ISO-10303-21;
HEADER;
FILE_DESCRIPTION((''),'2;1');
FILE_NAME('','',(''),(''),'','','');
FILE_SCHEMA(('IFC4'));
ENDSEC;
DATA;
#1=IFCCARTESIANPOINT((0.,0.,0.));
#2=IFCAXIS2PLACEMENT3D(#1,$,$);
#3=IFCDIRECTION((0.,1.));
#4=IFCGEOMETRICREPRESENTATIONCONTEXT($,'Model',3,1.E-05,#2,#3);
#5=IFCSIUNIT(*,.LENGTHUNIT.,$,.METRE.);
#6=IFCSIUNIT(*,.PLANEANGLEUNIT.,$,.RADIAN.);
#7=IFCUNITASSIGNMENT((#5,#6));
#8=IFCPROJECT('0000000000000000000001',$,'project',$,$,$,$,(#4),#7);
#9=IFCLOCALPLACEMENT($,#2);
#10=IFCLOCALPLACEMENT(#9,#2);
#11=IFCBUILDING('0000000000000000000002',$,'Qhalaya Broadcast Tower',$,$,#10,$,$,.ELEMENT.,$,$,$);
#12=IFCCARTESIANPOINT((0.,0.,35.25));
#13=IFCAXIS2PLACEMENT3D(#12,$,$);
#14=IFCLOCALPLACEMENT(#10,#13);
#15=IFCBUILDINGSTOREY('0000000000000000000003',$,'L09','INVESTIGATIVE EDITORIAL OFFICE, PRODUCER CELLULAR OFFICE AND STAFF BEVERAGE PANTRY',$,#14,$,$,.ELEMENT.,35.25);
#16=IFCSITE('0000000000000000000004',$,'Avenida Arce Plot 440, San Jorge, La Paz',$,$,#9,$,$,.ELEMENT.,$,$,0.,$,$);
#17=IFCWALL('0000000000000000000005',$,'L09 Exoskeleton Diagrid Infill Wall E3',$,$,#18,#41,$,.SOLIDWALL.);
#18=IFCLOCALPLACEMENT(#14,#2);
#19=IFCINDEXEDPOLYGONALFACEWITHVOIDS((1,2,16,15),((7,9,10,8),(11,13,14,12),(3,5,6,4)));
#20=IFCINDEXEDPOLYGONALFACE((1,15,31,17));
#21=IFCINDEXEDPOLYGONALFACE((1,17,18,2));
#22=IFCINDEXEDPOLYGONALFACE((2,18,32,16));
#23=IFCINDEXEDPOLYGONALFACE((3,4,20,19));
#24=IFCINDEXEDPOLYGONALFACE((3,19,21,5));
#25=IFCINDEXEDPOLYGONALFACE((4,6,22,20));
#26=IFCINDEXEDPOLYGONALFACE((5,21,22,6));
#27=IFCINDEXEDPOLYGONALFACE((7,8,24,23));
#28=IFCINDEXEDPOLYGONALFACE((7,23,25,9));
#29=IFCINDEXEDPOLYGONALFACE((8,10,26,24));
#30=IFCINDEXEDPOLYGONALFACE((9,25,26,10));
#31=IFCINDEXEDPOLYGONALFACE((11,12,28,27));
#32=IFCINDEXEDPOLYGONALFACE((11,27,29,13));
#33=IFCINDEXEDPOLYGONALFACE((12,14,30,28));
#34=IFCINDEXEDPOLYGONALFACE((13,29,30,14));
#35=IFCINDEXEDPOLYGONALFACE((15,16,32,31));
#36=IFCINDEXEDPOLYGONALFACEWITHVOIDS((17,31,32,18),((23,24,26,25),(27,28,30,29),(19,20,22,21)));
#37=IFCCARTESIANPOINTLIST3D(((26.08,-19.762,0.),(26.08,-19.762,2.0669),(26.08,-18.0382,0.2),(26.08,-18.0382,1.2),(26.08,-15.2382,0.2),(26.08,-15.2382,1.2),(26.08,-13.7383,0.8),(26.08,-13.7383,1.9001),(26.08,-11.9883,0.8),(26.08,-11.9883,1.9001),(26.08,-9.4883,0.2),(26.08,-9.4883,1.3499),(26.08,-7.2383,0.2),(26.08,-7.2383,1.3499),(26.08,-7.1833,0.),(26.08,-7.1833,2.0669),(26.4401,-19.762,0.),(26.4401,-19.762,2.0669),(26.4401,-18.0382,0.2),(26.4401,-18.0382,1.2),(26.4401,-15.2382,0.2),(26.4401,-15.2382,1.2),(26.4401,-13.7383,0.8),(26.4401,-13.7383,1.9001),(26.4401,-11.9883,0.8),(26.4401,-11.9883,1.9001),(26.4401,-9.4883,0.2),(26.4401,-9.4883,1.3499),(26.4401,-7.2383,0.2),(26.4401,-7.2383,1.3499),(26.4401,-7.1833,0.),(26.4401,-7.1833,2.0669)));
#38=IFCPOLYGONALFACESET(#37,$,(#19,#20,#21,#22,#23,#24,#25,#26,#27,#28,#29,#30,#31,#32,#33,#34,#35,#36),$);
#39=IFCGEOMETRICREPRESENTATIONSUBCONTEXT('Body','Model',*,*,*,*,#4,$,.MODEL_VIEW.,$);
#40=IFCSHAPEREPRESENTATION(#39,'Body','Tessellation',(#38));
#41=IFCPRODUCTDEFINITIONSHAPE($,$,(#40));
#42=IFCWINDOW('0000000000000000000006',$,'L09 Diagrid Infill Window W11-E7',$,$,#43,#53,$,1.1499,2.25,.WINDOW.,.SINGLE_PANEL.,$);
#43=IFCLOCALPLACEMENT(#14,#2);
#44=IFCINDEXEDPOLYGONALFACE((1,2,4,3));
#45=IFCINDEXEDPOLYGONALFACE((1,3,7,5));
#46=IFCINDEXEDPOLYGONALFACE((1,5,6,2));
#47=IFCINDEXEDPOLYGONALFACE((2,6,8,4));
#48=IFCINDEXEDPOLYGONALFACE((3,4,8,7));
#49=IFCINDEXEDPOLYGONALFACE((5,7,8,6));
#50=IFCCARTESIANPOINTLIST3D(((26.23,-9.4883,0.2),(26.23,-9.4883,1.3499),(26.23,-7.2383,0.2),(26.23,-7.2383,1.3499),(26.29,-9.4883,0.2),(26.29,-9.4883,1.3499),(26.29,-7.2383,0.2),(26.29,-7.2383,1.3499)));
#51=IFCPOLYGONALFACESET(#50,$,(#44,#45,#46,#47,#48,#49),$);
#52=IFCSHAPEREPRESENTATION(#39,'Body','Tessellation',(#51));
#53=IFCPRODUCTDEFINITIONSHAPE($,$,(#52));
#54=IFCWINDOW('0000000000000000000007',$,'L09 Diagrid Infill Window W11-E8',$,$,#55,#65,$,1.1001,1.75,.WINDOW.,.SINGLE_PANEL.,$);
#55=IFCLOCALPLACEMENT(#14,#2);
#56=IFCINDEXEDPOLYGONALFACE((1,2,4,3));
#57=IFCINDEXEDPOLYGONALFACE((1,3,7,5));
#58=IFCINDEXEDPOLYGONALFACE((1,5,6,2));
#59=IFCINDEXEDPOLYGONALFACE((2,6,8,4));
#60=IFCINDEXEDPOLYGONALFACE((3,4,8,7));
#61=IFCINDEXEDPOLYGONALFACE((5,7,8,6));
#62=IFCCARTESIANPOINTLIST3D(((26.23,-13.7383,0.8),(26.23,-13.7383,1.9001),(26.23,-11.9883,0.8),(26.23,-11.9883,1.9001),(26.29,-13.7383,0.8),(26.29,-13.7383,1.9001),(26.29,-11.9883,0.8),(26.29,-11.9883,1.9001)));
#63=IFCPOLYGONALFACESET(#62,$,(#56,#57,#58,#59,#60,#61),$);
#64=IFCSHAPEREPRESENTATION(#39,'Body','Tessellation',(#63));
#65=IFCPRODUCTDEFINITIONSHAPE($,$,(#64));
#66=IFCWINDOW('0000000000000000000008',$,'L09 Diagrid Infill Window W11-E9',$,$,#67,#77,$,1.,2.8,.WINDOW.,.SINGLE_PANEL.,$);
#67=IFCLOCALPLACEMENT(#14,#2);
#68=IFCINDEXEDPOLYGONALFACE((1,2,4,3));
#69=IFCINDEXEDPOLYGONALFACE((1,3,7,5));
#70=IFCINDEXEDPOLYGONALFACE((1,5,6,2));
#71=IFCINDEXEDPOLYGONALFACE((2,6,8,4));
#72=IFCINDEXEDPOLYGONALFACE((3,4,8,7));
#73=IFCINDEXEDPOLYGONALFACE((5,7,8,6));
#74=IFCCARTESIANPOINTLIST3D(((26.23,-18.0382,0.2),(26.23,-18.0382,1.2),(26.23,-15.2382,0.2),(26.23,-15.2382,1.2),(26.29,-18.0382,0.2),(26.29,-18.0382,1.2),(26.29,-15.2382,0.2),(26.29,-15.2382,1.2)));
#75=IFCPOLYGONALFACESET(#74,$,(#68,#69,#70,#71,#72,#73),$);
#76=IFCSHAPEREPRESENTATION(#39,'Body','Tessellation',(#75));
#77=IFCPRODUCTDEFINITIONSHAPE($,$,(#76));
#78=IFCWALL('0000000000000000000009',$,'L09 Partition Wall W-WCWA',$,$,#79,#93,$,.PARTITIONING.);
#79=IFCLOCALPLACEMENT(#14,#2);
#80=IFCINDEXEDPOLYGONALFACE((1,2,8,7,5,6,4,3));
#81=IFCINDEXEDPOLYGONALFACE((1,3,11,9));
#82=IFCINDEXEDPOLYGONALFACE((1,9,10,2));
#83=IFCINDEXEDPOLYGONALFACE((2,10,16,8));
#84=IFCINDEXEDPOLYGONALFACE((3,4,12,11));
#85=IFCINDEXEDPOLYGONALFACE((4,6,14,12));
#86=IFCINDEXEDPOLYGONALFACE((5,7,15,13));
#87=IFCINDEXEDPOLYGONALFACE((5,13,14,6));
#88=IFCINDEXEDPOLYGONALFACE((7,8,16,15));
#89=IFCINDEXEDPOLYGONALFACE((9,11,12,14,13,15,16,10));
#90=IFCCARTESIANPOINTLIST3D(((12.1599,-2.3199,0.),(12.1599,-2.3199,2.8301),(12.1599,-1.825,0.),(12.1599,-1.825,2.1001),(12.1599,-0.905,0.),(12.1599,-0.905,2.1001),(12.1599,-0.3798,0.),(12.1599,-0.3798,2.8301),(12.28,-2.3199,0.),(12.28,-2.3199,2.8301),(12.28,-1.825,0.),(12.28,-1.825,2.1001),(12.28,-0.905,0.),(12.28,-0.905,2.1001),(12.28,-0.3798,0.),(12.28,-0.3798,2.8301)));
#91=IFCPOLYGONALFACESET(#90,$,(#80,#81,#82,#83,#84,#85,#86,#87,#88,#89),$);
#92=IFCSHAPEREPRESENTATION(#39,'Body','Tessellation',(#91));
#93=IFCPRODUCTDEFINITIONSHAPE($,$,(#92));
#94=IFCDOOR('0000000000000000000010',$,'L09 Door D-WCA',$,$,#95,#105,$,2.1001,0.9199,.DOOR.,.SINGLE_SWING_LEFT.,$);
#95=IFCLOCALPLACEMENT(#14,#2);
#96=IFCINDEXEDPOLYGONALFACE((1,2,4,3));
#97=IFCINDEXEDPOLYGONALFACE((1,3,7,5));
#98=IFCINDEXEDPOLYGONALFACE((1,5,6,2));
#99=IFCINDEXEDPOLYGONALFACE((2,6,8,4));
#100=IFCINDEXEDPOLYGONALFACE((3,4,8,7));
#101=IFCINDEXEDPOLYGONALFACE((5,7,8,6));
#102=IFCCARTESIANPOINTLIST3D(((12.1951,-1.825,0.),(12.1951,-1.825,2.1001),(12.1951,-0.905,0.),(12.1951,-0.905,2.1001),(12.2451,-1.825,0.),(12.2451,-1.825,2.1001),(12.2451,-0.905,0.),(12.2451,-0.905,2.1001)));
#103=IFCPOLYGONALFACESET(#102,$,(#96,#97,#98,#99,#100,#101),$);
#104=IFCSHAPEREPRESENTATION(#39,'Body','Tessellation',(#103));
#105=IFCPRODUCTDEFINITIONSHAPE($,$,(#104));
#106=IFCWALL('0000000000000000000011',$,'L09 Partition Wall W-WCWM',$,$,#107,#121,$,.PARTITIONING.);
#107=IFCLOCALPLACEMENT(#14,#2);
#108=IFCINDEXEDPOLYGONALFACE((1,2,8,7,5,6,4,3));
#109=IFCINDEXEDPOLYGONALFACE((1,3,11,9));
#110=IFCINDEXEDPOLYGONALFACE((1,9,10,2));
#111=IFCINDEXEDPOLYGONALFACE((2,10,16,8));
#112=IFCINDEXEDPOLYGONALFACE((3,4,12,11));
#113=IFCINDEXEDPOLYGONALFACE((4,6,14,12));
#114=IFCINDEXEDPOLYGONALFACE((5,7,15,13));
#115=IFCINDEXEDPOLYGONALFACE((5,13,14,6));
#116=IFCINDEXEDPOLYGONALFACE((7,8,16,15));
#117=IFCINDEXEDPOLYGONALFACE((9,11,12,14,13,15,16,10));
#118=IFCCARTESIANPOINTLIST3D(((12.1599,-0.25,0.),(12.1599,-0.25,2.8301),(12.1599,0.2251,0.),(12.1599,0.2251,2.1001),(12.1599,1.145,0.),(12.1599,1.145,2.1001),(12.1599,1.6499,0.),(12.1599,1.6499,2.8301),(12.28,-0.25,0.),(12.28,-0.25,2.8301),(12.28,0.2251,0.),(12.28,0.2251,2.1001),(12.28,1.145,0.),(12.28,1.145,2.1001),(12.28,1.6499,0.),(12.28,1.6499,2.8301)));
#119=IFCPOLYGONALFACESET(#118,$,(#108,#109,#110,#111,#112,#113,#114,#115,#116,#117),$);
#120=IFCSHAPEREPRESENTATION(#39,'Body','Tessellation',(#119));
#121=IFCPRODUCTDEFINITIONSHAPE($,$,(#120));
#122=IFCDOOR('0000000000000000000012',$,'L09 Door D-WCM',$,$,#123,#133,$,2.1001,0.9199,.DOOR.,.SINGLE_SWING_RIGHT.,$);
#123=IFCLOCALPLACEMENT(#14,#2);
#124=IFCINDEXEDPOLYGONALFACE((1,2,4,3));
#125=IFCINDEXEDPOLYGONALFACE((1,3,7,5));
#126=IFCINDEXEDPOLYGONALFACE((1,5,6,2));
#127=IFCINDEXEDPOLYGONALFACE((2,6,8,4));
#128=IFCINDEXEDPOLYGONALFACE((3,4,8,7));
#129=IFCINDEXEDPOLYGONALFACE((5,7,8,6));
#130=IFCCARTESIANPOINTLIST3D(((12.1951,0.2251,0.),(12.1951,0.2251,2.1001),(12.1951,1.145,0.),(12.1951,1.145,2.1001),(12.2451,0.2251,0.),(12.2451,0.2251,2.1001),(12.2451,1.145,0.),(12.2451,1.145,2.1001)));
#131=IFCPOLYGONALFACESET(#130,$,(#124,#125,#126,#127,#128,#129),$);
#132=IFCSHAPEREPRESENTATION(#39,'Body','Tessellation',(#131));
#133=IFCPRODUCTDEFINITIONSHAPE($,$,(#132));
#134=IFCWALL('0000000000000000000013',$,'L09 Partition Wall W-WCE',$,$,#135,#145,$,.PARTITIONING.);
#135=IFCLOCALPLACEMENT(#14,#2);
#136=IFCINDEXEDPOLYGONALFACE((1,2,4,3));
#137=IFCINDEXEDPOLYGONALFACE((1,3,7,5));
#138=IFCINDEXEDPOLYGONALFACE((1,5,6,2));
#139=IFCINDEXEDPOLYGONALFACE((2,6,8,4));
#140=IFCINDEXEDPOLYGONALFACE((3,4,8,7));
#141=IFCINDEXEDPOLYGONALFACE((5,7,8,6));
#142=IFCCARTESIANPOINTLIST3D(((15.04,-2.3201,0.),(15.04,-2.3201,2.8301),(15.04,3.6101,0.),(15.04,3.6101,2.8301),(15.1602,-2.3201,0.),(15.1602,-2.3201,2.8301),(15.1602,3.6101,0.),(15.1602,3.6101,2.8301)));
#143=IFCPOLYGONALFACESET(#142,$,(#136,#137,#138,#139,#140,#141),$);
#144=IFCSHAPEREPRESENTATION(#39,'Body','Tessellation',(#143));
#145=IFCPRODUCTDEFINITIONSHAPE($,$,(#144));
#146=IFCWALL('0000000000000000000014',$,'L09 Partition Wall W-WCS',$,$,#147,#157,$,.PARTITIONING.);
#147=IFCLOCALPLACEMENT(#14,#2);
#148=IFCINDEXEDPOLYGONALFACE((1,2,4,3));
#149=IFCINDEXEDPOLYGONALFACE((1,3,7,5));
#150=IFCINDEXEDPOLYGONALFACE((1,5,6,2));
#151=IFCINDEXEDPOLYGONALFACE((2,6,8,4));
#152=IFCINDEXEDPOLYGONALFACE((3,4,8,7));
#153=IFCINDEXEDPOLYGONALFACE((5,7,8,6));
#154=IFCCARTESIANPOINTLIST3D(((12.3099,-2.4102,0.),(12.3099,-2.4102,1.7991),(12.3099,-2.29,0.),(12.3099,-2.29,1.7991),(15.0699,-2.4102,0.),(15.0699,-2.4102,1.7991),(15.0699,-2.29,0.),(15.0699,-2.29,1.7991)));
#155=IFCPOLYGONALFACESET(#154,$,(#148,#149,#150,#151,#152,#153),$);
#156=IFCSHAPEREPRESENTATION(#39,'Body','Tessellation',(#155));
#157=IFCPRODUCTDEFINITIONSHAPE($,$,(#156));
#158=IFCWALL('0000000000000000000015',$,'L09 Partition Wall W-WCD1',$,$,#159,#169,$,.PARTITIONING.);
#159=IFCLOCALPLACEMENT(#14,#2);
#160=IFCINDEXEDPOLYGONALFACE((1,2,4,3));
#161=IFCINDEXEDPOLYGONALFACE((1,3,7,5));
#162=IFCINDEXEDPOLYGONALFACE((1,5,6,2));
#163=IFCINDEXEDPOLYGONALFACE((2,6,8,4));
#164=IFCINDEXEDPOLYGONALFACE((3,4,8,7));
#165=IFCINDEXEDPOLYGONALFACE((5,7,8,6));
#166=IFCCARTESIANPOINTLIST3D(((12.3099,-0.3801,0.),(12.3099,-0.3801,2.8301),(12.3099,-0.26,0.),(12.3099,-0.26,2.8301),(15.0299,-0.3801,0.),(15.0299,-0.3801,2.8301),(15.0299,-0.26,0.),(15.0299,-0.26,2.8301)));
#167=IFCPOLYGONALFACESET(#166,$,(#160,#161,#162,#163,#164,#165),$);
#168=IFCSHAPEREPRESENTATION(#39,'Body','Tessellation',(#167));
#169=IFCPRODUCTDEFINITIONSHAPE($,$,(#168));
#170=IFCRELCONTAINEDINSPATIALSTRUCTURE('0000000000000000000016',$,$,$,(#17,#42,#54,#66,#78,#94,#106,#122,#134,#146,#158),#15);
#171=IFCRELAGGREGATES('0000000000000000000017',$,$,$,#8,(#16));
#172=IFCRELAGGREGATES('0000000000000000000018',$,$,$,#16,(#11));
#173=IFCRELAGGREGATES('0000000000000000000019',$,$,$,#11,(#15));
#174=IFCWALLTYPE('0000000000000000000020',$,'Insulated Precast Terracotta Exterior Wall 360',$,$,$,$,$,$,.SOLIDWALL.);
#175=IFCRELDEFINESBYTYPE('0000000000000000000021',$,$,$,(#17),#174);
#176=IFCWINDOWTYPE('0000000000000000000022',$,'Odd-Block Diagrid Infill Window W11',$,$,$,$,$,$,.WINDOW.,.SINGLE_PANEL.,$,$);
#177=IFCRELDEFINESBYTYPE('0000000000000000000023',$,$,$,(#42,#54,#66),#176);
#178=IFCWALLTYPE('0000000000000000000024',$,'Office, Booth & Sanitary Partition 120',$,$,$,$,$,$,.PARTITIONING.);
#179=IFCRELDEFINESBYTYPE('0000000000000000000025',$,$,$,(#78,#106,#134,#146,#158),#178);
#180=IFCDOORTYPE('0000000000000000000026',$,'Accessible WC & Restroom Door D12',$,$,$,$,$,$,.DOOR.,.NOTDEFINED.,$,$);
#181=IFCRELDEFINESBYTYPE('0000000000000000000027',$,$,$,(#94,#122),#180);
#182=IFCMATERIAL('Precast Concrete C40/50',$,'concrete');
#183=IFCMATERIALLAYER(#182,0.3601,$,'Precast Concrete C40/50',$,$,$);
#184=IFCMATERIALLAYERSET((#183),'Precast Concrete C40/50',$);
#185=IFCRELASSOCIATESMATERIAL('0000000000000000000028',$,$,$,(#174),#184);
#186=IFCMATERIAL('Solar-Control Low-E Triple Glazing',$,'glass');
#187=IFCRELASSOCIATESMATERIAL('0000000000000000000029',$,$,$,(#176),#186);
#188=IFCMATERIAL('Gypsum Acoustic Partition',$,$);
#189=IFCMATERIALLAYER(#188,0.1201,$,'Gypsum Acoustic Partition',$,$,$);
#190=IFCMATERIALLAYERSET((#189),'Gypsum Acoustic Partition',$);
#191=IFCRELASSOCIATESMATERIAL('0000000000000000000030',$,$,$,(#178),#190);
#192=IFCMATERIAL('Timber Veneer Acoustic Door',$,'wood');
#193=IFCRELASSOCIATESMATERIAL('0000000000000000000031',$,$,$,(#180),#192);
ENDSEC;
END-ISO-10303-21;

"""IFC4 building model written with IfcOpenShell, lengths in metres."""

from ifc_helpers import new_model, si_unit, direction, frame, frame_2d, origin, place, context, subcontext, project, spatial, rectangle, extrude, material, layer, layer_set, type_object, element, fill, save


model = new_model("IFC4")

# Units and contexts
model_context = context("Model", 3, precision=1e-05, world=origin(), true_north=direction((0.0, 1.0)))
body_context = subcontext(model_context, "Body", "Model", "MODEL_VIEW")
ifc_project = project(units=[si_unit("LENGTHUNIT", "METRE"), si_unit("PLANEANGLEUNIT", "RADIAN")], contexts=[model_context])

# Site, building, storey
site_placement = place(None, origin())
site = spatial("IfcSite", under=ifc_project, at=site_placement, Name="Avenida Arce Plot 440, San Jorge, La Paz", CompositionType="ELEMENT", RefElevation=0.0)
building_placement = place(site_placement, origin())
building = spatial("IfcBuilding", under=site, at=building_placement, Name="Qhalaya Broadcast Tower", CompositionType="ELEMENT")
storey_placement = place(building_placement, frame((0.0, 0.0, 35.25)))
storey = spatial("IfcBuildingStorey", under=building, at=storey_placement, Name="L09", Description="INVESTIGATIVE EDITORIAL OFFICE, PRODUCER CELLULAR OFFICE AND STAFF BEVERAGE PANTRY", CompositionType="ELEMENT", Elevation=35.25)

# Wall, openings, windows
ifc_material_1 = material(Name="Precast Concrete C40/50", Category="concrete")
ifc_layer_1 = layer(ifc_material_1, 0.3601, Name="Precast Concrete C40/50")
ifc_layer_set_1 = layer_set([ifc_layer_1], Name="Precast Concrete C40/50")
wall_type_1 = type_object("IfcWallType", Name="Insulated Precast Terracotta Exterior Wall 360", PredefinedType="SOLIDWALL", material=ifc_layer_set_1)
wall_1_placement = place(storey_placement, frame((26.26, -7.1833, 0.0), z_axis=(0.0, 0.0, 1.0), x_axis=(0.0, -1.0, 0.0)))
wall_1 = element("IfcWall", 1, at=wall_1_placement, inside=storey, type_object=wall_type_1, Name="L09 Exoskeleton Diagrid Infill Wall E3", PredefinedType="SOLIDWALL", context=body_context, shape_type="SweptSolid", body=[
    extrude(rectangle(XDim=12.5786, YDim=0.3601, at=frame_2d((6.2893, 0.0))), origin(), (0.0, 0.0, 1.0), 2.0669),
])
opening_1_placement = place(wall_1_placement, frame((0.0549, 0.0, 0.2)))
opening_1 = element("IfcOpeningElement", 2, at=opening_1_placement, cuts=wall_1, PredefinedType="OPENING", context=body_context, shape_type="SweptSolid", body=[
    extrude(rectangle(XDim=2.25, YDim=1.1499, at=frame_2d((1.125, 0.575))), frame((0.0, 0.1921, 0.0), z_axis=(0.0, -1.0, 0.0), x_axis=(1.0, 0.0, 0.0)), (0.0, 0.0, 1.0), 0.384),
])
opening_2_placement = place(wall_1_placement, frame((4.8049, 0.0, 0.8)))
opening_2 = element("IfcOpeningElement", 3, at=opening_2_placement, cuts=wall_1, PredefinedType="OPENING", context=body_context, shape_type="SweptSolid", body=[
    extrude(rectangle(XDim=1.75, YDim=1.1001, at=frame_2d((0.875, 0.55))), frame((0.0, 0.1921, 0.0), z_axis=(0.0, -1.0, 0.0), x_axis=(1.0, 0.0, 0.0)), (0.0, 0.0, 1.0), 0.384),
])
opening_3_placement = place(wall_1_placement, frame((8.0549, 0.0, 0.2)))
opening_3 = element("IfcOpeningElement", 4, at=opening_3_placement, cuts=wall_1, PredefinedType="OPENING", context=body_context, shape_type="SweptSolid", body=[
    extrude(rectangle(XDim=2.8, YDim=1.0, at=frame_2d((1.3999, 0.5))), frame((0.0, 0.1921, 0.0), z_axis=(0.0, -1.0, 0.0), x_axis=(1.0, 0.0, 0.0)), (0.0, 0.0, 1.0), 0.384),
])
ifc_material_2 = material(Name="Solar-Control Low-E Triple Glazing", Category="glass")
window_type = type_object("IfcWindowType", Name="Odd-Block Diagrid Infill Window W11", PartitioningType="SINGLE_PANEL", PredefinedType="WINDOW", material=ifc_material_2)
window_1_placement = place(opening_1_placement, origin())
window_1 = element("IfcWindow", 5, at=window_1_placement, inside=storey, type_object=window_type, Name="L09 Diagrid Infill Window W11-E7", OverallHeight=1.1499, OverallWidth=2.25, PartitioningType="SINGLE_PANEL", PredefinedType="WINDOW", context=body_context, shape_type="SweptSolid", body=[
    extrude(rectangle(XDim=2.25, YDim=1.1499, at=frame_2d((1.125, 0.575))), frame((0.0, 0.03, 0.0), z_axis=(0.0, -1.0, 0.0), x_axis=(1.0, 0.0, 0.0)), (0.0, 0.0, 1.0), 0.0601),
])
fill(opening_1, window_1)
window_2_placement = place(opening_2_placement, origin())
window_2 = element("IfcWindow", 6, at=window_2_placement, inside=storey, type_object=window_type, Name="L09 Diagrid Infill Window W11-E8", OverallHeight=1.1001, OverallWidth=1.75, PartitioningType="SINGLE_PANEL", PredefinedType="WINDOW", context=body_context, shape_type="SweptSolid", body=[
    extrude(rectangle(XDim=1.75, YDim=1.1001, at=frame_2d((0.875, 0.55))), frame((0.0, 0.03, 0.0), z_axis=(0.0, -1.0, 0.0), x_axis=(1.0, 0.0, 0.0)), (0.0, 0.0, 1.0), 0.0601),
])
fill(opening_2, window_2)
window_3_placement = place(opening_3_placement, origin())
window_3 = element("IfcWindow", 7, at=window_3_placement, inside=storey, type_object=window_type, Name="L09 Diagrid Infill Window W11-E9", OverallHeight=1.0, OverallWidth=2.8, PartitioningType="SINGLE_PANEL", PredefinedType="WINDOW", context=body_context, shape_type="SweptSolid", body=[
    extrude(rectangle(XDim=2.8, YDim=1.0, at=frame_2d((1.3999, 0.5))), frame((0.0, 0.03, 0.0), z_axis=(0.0, -1.0, 0.0), x_axis=(1.0, 0.0, 0.0)), (0.0, 0.0, 1.0), 0.0601),
])
fill(opening_3, window_3)

# Walls, openings, doors
ifc_material_3 = material(Name="Gypsum Acoustic Partition")
ifc_layer_2 = layer(ifc_material_3, 0.1201, Name="Gypsum Acoustic Partition")
ifc_layer_set_2 = layer_set([ifc_layer_2], Name="Gypsum Acoustic Partition")
wall_type_2 = type_object("IfcWallType", Name="Office, Booth & Sanitary Partition 120", PredefinedType="PARTITIONING", material=ifc_layer_set_2)
wall_2_placement = place(storey_placement, frame((12.22, -2.3201, 0.0), z_axis=(0.0, 0.0, 1.0), x_axis=(0.0, 1.0, 0.0)))
wall_2 = element("IfcWall", 8, at=wall_2_placement, inside=storey, type_object=wall_type_2, Name="L09 Partition Wall W-WCWA", PredefinedType="PARTITIONING", context=body_context, shape_type="SweptSolid", body=[
    extrude(rectangle(XDim=1.9402, YDim=0.1201, at=frame_2d((0.9702, 0.0))), origin(), (0.0, 0.0, 1.0), 2.8301),
])
opening_4_placement = place(wall_2_placement, frame((0.4951, 0.0, 0.0)))
opening_4 = element("IfcOpeningElement", 9, at=opening_4_placement, cuts=wall_2, PredefinedType="OPENING", context=body_context, shape_type="SweptSolid", body=[
    extrude(rectangle(XDim=0.9199, YDim=2.1001, at=frame_2d((0.46, 1.05))), frame((0.0, 0.072, 0.0), z_axis=(0.0, -1.0, 0.0), x_axis=(1.0, 0.0, 0.0)), (0.0, 0.0, 1.0), 0.144),
])
ifc_material_4 = material(Name="Timber Veneer Acoustic Door", Category="wood")
door_type = type_object("IfcDoorType", Name="Accessible WC & Restroom Door D12", OperationType="NOTDEFINED", PredefinedType="DOOR", material=ifc_material_4)
door_1_placement = place(opening_4_placement, origin())
door_1 = element("IfcDoor", 10, at=door_1_placement, inside=storey, type_object=door_type, Name="L09 Door D-WCA", OperationType="SINGLE_SWING_LEFT", OverallHeight=2.1001, OverallWidth=0.9199, PredefinedType="DOOR", context=body_context, shape_type="SweptSolid", body=[
    extrude(rectangle(XDim=0.9199, YDim=2.1001, at=frame_2d((0.46, 1.05))), frame((0.0, 0.0249, 0.0), z_axis=(0.0, -1.0, 0.0), x_axis=(1.0, 0.0, 0.0)), (0.0, 0.0, 1.0), 0.05),
])
fill(opening_4, door_1)
wall_3_placement = place(storey_placement, frame((12.22, -0.25, 0.0), z_axis=(0.0, 0.0, 1.0), x_axis=(0.0, 1.0, 0.0)))
wall_3 = element("IfcWall", 11, at=wall_3_placement, inside=storey, type_object=wall_type_2, Name="L09 Partition Wall W-WCWM", PredefinedType="PARTITIONING", context=body_context, shape_type="SweptSolid", body=[
    extrude(rectangle(XDim=1.8999, YDim=0.1201, at=frame_2d((0.95, 0.0))), origin(), (0.0, 0.0, 1.0), 2.8301),
])
opening_5_placement = place(wall_3_placement, frame((0.4751, 0.0, 0.0)))
opening_5 = element("IfcOpeningElement", 12, at=opening_5_placement, cuts=wall_3, PredefinedType="OPENING", context=body_context, shape_type="SweptSolid", body=[
    extrude(rectangle(XDim=0.9199, YDim=2.1001, at=frame_2d((0.46, 1.05))), frame((0.0, 0.072, 0.0), z_axis=(0.0, -1.0, 0.0), x_axis=(1.0, 0.0, 0.0)), (0.0, 0.0, 1.0), 0.144),
])
door_2_placement = place(opening_5_placement, origin())
door_2 = element("IfcDoor", 13, at=door_2_placement, inside=storey, type_object=door_type, Name="L09 Door D-WCM", OperationType="SINGLE_SWING_RIGHT", OverallHeight=2.1001, OverallWidth=0.9199, PredefinedType="DOOR", context=body_context, shape_type="SweptSolid", body=[
    extrude(rectangle(XDim=0.9199, YDim=2.1001, at=frame_2d((0.46, 1.05))), frame((0.0, 0.0249, 0.0), z_axis=(0.0, -1.0, 0.0), x_axis=(1.0, 0.0, 0.0)), (0.0, 0.0, 1.0), 0.05),
])
fill(opening_5, door_2)

# Walls
wall_4_placement = place(storey_placement, frame((15.1001, -2.3201, 0.0), z_axis=(0.0, 0.0, 1.0), x_axis=(0.0, 1.0, 0.0)))
element("IfcWall", 14, at=wall_4_placement, inside=storey, type_object=wall_type_2, Name="L09 Partition Wall W-WCE", PredefinedType="PARTITIONING", context=body_context, shape_type="SweptSolid", body=[
    extrude(rectangle(XDim=5.9302, YDim=0.1201, at=frame_2d((2.9651, 0.0))), origin(), (0.0, 0.0, 1.0), 2.8301),
])
wall_5_placement = place(storey_placement, frame((12.3101, -2.3501, 0.0), z_axis=(0.0, 0.0, 1.0), x_axis=(1.0, 0.0, 0.0)))
element("IfcWall", 15, at=wall_5_placement, inside=storey, type_object=wall_type_2, Name="L09 Partition Wall W-WCS", PredefinedType="PARTITIONING", context=body_context, shape_type="SweptSolid", body=[
    extrude(rectangle(XDim=2.76, YDim=0.1201, at=frame_2d((1.3799, 0.0))), origin(), (0.0, 0.0, 1.0), 1.7991),
])
wall_6_placement = place(storey_placement, frame((12.3101, -0.3201, 0.0), z_axis=(0.0, 0.0, 1.0), x_axis=(1.0, 0.0, 0.0)))
element("IfcWall", 16, at=wall_6_placement, inside=storey, type_object=wall_type_2, Name="L09 Partition Wall W-WCD1", PredefinedType="PARTITIONING", context=body_context, shape_type="SweptSolid", body=[
    extrude(rectangle(XDim=2.72, YDim=0.1201, at=frame_2d((1.3599, 0.0))), origin(), (0.0, 0.0, 1.0), 2.8301),
])

save(model, "model.ifc")
